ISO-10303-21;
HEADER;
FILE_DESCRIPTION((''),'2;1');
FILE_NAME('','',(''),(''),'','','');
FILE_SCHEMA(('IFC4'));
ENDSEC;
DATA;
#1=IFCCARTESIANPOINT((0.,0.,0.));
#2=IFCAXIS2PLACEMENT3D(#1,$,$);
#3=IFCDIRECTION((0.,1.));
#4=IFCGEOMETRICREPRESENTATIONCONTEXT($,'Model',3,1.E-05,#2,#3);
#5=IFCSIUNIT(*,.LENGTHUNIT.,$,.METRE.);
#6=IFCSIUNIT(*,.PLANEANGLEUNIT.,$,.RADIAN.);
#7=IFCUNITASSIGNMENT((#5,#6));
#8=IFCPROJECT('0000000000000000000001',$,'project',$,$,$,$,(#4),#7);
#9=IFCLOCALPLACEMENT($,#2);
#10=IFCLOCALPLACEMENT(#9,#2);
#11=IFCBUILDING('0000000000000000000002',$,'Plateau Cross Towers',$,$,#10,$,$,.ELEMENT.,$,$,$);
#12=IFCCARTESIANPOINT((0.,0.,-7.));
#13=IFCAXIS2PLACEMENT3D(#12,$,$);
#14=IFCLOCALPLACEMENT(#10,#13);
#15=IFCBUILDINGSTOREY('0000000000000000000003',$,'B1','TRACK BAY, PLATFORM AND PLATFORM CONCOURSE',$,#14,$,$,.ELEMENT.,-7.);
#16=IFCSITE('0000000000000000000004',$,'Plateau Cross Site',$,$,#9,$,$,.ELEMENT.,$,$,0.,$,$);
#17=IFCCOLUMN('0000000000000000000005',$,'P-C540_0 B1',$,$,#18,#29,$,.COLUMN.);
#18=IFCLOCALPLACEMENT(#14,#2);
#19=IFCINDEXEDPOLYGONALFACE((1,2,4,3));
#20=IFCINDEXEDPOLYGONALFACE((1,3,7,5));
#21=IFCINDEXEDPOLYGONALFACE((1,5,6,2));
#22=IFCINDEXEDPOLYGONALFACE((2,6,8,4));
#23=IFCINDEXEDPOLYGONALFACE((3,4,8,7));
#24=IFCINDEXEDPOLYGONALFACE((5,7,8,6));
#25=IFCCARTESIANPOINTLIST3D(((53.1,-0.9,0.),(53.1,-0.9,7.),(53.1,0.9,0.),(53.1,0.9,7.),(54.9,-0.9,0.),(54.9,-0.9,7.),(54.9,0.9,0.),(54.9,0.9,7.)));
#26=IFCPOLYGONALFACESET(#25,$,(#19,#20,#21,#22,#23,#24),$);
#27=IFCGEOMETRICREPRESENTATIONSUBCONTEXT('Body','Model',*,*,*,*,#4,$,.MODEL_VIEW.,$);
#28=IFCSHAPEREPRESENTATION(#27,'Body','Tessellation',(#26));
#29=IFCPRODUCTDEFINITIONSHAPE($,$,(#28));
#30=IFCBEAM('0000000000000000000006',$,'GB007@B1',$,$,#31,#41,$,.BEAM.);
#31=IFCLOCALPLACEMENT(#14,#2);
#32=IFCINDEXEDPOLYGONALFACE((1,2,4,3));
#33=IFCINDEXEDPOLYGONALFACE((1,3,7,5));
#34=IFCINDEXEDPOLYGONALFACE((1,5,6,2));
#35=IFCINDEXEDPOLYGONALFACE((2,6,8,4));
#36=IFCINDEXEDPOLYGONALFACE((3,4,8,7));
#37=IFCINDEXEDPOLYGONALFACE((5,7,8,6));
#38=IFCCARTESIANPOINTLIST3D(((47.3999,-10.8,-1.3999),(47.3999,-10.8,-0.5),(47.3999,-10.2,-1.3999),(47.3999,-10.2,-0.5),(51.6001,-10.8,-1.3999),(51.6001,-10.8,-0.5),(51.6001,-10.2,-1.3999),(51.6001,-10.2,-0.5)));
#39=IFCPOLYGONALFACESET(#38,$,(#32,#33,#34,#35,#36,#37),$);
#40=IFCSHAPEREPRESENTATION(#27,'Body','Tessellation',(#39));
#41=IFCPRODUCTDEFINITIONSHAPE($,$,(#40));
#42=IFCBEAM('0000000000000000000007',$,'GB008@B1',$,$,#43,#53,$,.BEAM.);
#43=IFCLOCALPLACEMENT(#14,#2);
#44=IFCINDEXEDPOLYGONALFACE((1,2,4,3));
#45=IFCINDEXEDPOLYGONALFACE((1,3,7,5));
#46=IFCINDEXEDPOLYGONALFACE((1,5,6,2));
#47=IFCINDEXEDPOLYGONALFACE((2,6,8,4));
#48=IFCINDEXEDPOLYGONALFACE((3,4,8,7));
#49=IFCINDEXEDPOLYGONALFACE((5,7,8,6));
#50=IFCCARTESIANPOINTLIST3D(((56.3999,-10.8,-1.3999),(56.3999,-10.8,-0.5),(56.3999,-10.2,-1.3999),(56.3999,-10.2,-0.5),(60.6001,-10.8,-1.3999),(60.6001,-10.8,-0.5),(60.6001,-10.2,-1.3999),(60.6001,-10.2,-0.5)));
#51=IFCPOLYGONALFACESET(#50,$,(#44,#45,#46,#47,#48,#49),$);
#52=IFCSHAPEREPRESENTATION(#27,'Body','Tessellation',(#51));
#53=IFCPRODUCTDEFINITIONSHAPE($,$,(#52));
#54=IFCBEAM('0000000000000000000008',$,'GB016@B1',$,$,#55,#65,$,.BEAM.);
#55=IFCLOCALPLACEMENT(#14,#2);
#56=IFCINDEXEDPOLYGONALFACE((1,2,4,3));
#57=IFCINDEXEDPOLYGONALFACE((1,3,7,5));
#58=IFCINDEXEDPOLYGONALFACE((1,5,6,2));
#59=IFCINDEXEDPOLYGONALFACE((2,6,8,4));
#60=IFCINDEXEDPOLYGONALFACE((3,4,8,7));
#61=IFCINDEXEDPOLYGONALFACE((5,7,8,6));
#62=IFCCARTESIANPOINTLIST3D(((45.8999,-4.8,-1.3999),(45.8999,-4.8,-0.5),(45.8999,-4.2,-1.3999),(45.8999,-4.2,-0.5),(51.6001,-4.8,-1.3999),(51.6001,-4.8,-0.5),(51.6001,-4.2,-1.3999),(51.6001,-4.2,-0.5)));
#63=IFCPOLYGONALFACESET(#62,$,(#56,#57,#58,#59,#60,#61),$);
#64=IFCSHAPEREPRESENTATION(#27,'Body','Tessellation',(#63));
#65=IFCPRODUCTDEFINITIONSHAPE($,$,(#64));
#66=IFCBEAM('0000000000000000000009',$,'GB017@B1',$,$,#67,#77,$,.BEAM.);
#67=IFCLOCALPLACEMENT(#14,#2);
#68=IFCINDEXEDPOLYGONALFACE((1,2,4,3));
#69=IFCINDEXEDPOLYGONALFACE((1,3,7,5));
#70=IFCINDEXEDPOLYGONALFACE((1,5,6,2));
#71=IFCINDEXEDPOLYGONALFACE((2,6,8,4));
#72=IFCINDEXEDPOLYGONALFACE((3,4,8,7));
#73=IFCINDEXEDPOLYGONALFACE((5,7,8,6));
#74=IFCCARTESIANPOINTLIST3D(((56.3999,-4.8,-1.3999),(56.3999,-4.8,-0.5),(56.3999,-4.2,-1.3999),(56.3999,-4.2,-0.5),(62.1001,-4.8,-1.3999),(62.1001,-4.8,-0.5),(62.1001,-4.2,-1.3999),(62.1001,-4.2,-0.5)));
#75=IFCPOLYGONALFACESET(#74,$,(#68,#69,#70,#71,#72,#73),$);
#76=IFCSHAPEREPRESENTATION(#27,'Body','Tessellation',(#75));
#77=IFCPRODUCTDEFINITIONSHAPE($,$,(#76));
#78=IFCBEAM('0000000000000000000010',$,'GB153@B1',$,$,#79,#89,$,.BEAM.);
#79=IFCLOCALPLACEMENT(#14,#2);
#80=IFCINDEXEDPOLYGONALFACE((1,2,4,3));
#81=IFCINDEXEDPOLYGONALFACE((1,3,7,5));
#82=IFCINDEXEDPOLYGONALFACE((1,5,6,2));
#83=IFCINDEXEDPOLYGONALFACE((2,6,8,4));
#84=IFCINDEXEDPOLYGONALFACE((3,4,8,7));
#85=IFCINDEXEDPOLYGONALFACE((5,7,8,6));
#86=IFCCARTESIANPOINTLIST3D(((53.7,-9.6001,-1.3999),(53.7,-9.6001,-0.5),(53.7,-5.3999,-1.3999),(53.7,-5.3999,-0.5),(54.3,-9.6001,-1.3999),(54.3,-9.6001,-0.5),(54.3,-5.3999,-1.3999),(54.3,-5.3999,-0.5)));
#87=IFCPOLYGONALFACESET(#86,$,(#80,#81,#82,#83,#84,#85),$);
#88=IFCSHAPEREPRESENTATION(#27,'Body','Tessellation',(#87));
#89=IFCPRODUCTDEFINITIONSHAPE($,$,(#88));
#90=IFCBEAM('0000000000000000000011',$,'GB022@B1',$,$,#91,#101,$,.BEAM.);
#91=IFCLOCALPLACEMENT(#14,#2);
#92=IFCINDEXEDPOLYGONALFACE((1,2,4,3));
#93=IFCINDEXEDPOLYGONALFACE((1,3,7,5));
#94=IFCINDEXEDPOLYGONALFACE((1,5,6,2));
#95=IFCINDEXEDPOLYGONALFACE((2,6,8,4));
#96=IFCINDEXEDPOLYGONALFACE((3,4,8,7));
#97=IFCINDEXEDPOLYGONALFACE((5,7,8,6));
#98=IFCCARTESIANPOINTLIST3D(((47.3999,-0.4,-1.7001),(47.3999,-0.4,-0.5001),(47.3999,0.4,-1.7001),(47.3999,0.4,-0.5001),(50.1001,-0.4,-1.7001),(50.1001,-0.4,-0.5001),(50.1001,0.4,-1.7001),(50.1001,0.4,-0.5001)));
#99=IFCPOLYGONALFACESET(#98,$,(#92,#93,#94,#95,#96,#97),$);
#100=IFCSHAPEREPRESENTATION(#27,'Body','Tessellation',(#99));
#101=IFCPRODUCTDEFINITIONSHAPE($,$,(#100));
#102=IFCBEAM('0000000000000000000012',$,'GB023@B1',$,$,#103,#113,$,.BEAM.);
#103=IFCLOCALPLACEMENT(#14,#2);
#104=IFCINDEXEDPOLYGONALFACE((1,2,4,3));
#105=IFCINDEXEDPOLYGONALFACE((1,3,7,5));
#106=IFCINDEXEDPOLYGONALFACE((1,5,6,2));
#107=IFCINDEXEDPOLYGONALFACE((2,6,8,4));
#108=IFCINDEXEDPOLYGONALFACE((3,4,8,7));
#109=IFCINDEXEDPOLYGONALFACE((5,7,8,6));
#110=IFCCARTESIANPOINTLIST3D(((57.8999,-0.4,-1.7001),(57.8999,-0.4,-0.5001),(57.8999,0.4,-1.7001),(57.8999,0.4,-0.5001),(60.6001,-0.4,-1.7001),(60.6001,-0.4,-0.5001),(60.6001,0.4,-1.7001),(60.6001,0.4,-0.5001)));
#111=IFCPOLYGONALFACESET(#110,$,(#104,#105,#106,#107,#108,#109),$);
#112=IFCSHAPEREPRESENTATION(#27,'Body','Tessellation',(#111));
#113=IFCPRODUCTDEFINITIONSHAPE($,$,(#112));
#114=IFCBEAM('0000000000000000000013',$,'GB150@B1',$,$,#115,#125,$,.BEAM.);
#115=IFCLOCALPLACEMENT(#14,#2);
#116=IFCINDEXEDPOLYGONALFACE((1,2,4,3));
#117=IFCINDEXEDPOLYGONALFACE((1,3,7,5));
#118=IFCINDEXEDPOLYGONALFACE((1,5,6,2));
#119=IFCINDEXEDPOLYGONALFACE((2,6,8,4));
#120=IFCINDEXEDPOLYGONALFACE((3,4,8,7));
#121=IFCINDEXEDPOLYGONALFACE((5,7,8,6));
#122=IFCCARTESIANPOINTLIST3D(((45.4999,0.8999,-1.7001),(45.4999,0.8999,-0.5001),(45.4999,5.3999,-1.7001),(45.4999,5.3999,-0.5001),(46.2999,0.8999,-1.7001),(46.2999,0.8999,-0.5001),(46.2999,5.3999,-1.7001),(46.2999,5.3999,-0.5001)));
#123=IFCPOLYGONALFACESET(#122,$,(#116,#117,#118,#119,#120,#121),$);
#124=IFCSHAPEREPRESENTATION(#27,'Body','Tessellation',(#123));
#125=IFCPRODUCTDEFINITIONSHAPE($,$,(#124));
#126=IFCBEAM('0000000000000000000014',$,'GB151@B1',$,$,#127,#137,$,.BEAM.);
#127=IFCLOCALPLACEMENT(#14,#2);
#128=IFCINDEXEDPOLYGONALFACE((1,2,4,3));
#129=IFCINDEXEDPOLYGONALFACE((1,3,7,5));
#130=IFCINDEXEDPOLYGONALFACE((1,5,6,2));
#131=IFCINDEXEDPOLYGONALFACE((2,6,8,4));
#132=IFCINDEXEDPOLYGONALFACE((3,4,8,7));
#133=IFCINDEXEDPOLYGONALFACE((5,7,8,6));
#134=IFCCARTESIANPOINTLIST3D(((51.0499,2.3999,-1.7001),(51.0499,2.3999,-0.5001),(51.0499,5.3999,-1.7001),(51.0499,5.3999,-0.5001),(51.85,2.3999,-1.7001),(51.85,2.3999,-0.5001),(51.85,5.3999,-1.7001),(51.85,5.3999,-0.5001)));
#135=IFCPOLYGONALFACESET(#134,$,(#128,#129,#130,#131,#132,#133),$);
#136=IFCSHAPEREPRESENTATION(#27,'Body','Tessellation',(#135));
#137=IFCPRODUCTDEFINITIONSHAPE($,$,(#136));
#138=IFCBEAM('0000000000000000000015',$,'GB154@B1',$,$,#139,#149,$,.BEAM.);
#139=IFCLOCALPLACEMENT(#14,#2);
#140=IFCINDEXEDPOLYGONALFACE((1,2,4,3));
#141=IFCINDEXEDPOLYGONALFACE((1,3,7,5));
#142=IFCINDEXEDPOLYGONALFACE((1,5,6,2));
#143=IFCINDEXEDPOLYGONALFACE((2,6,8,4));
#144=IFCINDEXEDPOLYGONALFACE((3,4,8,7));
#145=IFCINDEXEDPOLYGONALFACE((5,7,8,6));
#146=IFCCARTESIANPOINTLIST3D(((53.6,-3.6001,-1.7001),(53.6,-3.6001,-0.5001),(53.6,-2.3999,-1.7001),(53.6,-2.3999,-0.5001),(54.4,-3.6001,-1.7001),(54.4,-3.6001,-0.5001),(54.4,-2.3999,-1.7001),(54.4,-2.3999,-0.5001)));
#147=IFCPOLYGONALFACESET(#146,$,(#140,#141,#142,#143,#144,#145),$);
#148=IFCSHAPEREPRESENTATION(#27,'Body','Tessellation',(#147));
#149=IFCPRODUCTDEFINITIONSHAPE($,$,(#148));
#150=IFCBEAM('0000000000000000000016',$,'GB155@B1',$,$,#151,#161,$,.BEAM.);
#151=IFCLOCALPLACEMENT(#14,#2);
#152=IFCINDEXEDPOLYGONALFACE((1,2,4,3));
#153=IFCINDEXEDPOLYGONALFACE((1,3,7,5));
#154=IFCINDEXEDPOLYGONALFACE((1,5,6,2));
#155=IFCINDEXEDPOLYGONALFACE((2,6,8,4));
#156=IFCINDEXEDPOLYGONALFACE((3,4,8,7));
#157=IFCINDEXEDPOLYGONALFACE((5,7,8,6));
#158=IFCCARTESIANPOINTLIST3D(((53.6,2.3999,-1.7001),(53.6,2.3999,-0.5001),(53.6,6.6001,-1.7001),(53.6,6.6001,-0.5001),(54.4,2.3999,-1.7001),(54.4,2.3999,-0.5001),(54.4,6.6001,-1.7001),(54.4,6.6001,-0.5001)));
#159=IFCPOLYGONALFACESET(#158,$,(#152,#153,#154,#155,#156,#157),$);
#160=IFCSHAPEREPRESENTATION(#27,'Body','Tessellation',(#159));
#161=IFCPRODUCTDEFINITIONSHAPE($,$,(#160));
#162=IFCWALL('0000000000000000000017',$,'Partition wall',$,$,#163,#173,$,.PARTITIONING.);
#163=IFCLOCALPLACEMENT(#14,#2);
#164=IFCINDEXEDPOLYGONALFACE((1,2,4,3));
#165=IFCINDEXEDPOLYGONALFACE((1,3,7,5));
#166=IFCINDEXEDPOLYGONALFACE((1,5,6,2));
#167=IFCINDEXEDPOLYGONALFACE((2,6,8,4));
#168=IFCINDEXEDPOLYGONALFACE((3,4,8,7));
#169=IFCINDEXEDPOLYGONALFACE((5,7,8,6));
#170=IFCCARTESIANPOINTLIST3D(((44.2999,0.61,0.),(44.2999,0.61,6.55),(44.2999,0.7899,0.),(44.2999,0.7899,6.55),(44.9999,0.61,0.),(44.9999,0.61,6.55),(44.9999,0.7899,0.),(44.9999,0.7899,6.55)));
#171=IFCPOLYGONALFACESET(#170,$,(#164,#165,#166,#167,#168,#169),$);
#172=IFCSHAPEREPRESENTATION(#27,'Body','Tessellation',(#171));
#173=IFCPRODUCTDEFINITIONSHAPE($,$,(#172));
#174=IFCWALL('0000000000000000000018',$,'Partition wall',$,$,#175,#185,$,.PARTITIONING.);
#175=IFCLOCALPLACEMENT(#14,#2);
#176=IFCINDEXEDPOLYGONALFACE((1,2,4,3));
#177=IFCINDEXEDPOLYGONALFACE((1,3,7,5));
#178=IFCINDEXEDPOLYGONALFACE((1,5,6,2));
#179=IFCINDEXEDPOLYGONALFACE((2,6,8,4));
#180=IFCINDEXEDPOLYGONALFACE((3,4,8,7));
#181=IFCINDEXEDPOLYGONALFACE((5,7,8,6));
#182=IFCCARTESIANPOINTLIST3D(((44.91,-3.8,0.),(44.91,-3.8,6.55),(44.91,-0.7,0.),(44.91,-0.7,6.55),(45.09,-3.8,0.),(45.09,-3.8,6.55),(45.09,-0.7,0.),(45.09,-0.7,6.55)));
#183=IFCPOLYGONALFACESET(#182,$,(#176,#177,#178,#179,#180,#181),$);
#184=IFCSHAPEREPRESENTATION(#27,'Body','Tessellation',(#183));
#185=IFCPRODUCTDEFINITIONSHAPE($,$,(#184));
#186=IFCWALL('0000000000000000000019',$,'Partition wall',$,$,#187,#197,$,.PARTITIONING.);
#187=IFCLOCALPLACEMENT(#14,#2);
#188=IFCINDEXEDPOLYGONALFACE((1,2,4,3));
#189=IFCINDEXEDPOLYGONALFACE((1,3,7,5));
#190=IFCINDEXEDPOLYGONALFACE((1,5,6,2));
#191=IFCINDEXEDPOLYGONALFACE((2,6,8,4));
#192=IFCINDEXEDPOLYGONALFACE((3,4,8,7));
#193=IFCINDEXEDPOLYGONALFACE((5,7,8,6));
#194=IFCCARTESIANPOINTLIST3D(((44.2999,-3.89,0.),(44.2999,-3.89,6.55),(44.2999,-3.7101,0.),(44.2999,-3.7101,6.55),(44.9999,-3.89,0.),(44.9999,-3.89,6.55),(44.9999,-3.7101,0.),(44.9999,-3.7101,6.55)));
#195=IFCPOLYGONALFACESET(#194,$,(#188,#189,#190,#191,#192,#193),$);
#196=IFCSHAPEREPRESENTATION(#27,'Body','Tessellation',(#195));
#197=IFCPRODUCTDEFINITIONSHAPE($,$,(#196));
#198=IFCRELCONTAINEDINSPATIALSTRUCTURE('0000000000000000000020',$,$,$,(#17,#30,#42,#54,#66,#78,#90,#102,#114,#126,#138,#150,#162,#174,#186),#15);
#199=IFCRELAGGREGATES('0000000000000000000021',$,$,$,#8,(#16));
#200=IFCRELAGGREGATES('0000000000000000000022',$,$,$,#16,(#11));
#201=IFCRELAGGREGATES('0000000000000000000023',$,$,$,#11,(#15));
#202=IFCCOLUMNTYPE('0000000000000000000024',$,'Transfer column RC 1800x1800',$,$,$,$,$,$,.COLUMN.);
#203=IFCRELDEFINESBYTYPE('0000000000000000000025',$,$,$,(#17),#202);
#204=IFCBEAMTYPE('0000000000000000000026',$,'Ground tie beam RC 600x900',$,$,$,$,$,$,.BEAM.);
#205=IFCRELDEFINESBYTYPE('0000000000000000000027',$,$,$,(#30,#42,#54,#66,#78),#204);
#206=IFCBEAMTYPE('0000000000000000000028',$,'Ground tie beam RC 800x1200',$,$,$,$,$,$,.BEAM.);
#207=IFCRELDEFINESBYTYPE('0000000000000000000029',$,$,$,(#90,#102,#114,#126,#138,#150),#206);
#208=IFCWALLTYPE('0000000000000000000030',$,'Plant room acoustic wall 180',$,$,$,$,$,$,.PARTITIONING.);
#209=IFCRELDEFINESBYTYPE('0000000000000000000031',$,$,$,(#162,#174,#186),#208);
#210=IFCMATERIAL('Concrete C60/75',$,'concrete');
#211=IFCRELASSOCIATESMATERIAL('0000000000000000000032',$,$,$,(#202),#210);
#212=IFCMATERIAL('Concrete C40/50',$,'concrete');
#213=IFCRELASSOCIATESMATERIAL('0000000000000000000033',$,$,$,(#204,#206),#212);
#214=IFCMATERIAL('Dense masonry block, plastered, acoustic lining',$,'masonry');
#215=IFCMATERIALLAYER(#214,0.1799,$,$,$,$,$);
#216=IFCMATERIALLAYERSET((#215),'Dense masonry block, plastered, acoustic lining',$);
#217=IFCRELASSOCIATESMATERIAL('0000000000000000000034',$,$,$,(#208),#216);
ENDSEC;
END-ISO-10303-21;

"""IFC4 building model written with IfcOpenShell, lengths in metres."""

from ifc_helpers import new_model, si_unit, direction, frame, frame_2d, origin, origin_2d, place, context, subcontext, project, spatial, rectangle, extrude, material, layer, layer_set, material_profile, profile_set, type_object, element, save


model = new_model("IFC4")

# Units and contexts
model_context = context("Model", 3, precision=1e-05, world=origin(), true_north=direction((0.0, 1.0)))
body_context = subcontext(model_context, "Body", "Model", "MODEL_VIEW")
ifc_project = project(units=[si_unit("LENGTHUNIT", "METRE"), si_unit("PLANEANGLEUNIT", "RADIAN")], contexts=[model_context])

# Site, building, storey
site_placement = place(None, origin())
site = spatial("IfcSite", under=ifc_project, at=site_placement, Name="Plateau Cross Site", CompositionType="ELEMENT", RefElevation=0.0)
building_placement = place(site_placement, origin())
building = spatial("IfcBuilding", under=site, at=building_placement, Name="Plateau Cross Towers", CompositionType="ELEMENT")
storey_placement = place(building_placement, frame((0.0, 0.0, -7.0)))
storey = spatial("IfcBuildingStorey", under=building, at=storey_placement, Name="B1", Description="TRACK BAY, PLATFORM AND PLATFORM CONCOURSE", CompositionType="ELEMENT", Elevation=-7.0)

# Shared definitions
ifc_material_1 = material(Name="Concrete C40/50", Category="concrete")

# Column
ifc_material_2 = material(Name="Concrete C60/75", Category="concrete")
ifc_material_profile_1 = material_profile(ifc_material_2, rectangle(XDim=1.8, YDim=1.8, at=origin_2d()), Name="RC 1800x1800")
ifc_profile_set_1 = profile_set([ifc_material_profile_1], Name="Concrete C60/75")
column_type_1 = type_object("IfcColumnType", Name="Transfer column RC 1800x1800", PredefinedType="COLUMN", material=ifc_profile_set_1)
column_placement = place(storey_placement, frame((54.0, 0.0, 0.0), z_axis=(0.0, 0.0, 1.0), x_axis=(1.0, 0.0, 0.0)))
element("IfcColumn", 1, at=column_placement, inside=storey, type_object=column_type_1, Name="P-C540_0 B1", PredefinedType="COLUMN", context=body_context, shape_type="SweptSolid", body=[
    extrude(rectangle(XDim=1.8, YDim=1.8, at=origin_2d()), origin(), (0.0, 0.0, 1.0), 7.0),
])

# Beams
ifc_material_profile_2 = material_profile(ifc_material_1, rectangle(XDim=0.6001, YDim=0.8999, at=origin_2d()), Name="RC 600x900")
ifc_profile_set_2 = profile_set([ifc_material_profile_2], Name="Concrete C40/50")
beam_type_1 = type_object("IfcBeamType", Name="Ground tie beam RC 600x900", PredefinedType="BEAM", material=ifc_profile_set_2)
for number, where, z_axis, x_axis, name in (
    (2, (47.3999, -10.5, -0.95), (1.0, 0.0, 0.0), (0.0, 1.0, 0.0), "GB007@B1"),
    (3, (56.3999, -10.5, -0.95), (1.0, 0.0, 0.0), (0.0, 1.0, 0.0), "GB008@B1"),
):
    element("IfcBeam", number, at=place(storey_placement, frame(where, z_axis=z_axis, x_axis=x_axis)), inside=storey, type_object=beam_type_1, Name=name, PredefinedType="BEAM", context=body_context, shape_type="SweptSolid", body=[
        extrude(rectangle(XDim=0.6001, YDim=0.8999, at=origin_2d()), origin(), (0.0, 0.0, 1.0), 4.2002),
    ])
for number, where, z_axis, x_axis, name in (
    (4, (45.8999, -4.5, -0.95), (1.0, 0.0, 0.0), (0.0, 1.0, 0.0), "GB016@B1"),
    (5, (56.3999, -4.5, -0.95), (1.0, 0.0, 0.0), (0.0, 1.0, 0.0), "GB017@B1"),
):
    element("IfcBeam", number, at=place(storey_placement, frame(where, z_axis=z_axis, x_axis=x_axis)), inside=storey, type_object=beam_type_1, Name=name, PredefinedType="BEAM", context=body_context, shape_type="SweptSolid", body=[
        extrude(rectangle(XDim=0.6001, YDim=0.8999, at=origin_2d()), origin(), (0.0, 0.0, 1.0), 5.7002),
    ])
beam_1_placement = place(storey_placement, frame((54.0, -9.6001, -0.95), z_axis=(0.0, 1.0, 0.0), x_axis=(-1.0, 0.0, 0.0)))
element("IfcBeam", 6, at=beam_1_placement, inside=storey, type_object=beam_type_1, Name="GB153@B1", PredefinedType="BEAM", context=body_context, shape_type="SweptSolid", body=[
    extrude(rectangle(XDim=0.6001, YDim=0.8999, at=origin_2d()), origin(), (0.0, 0.0, 1.0), 4.2002),
])
ifc_material_profile_3 = material_profile(ifc_material_1, rectangle(XDim=0.8, YDim=1.2, at=origin_2d()), Name="RC 800x1200")
ifc_profile_set_3 = profile_set([ifc_material_profile_3], Name="Concrete C40/50")
beam_type_2 = type_object("IfcBeamType", Name="Ground tie beam RC 800x1200", PredefinedType="BEAM", material=ifc_profile_set_3)
for number, where, z_axis, x_axis, name in (
    (7, (47.3999, 0.0, -1.1001), (1.0, 0.0, 0.0), (0.0, 1.0, 0.0), "GB022@B1"),
    (8, (57.8999, 0.0, -1.1001), (1.0, 0.0, 0.0), (0.0, 1.0, 0.0), "GB023@B1"),
):
    element("IfcBeam", number, at=place(storey_placement, frame(where, z_axis=z_axis, x_axis=x_axis)), inside=storey, type_object=beam_type_2, Name=name, PredefinedType="BEAM", context=body_context, shape_type="SweptSolid", body=[
        extrude(rectangle(XDim=0.8, YDim=1.2, at=origin_2d()), origin(), (0.0, 0.0, 1.0), 2.7002),
    ])
beam_2_placement = place(storey_placement, frame((45.8999, 0.8999, -1.1001), z_axis=(0.0, 1.0, 0.0), x_axis=(-1.0, 0.0, 0.0)))
element("IfcBeam", 9, at=beam_2_placement, inside=storey, type_object=beam_type_2, Name="GB150@B1", PredefinedType="BEAM", context=body_context, shape_type="SweptSolid", body=[
    extrude(rectangle(XDim=0.8, YDim=1.2, at=origin_2d()), origin(), (0.0, 0.0, 1.0), 4.5),
])
beam_3_placement = place(storey_placement, frame((51.45, 2.3999, -1.1001), z_axis=(0.0, 1.0, 0.0), x_axis=(-1.0, 0.0, 0.0)))
element("IfcBeam", 10, at=beam_3_placement, inside=storey, type_object=beam_type_2, Name="GB151@B1", PredefinedType="BEAM", context=body_context, shape_type="SweptSolid", body=[
    extrude(rectangle(XDim=0.8, YDim=1.2, at=origin_2d()), origin(), (0.0, 0.0, 1.0), 3.0),
])
beam_4_placement = place(storey_placement, frame((54.0, -3.6001, -1.1001), z_axis=(0.0, 1.0, 0.0), x_axis=(-1.0, 0.0, 0.0)))
element("IfcBeam", 11, at=beam_4_placement, inside=storey, type_object=beam_type_2, Name="GB154@B1", PredefinedType="BEAM", context=body_context, shape_type="SweptSolid", body=[
    extrude(rectangle(XDim=0.8, YDim=1.2, at=origin_2d()), origin(), (0.0, 0.0, 1.0), 1.2002),
])
beam_5_placement = place(storey_placement, frame((54.0, 2.3999, -1.1001), z_axis=(0.0, 1.0, 0.0), x_axis=(-1.0, 0.0, 0.0)))
element("IfcBeam", 12, at=beam_5_placement, inside=storey, type_object=beam_type_2, Name="GB155@B1", PredefinedType="BEAM", context=body_context, shape_type="SweptSolid", body=[
    extrude(rectangle(XDim=0.8, YDim=1.2, at=origin_2d()), origin(), (0.0, 0.0, 1.0), 4.2002),
])

# Walls
ifc_material_3 = material(Name="Dense masonry block, plastered, acoustic lining", Category="masonry")
ifc_layer = layer(ifc_material_3, 0.1799)
ifc_layer_set = layer_set([ifc_layer], Name="Dense masonry block, plastered, acoustic lining")
wall_type = type_object("IfcWallType", Name="Plant room acoustic wall 180", PredefinedType="PARTITIONING", material=ifc_layer_set)
wall_1_placement = place(storey_placement, frame((45.0, 0.7, 0.0), z_axis=(0.0, 0.0, 1.0), x_axis=(-1.0, 0.0, 0.0)))
element("IfcWall", 13, at=wall_1_placement, inside=storey, type_object=wall_type, Name="Partition wall", PredefinedType="PARTITIONING", context=body_context, shape_type="SweptSolid", body=[
    extrude(rectangle(XDim=0.7, YDim=0.1799, at=frame_2d((0.3501, 0.0))), origin(), (0.0, 0.0, 1.0), 6.55),
])
wall_2_placement = place(storey_placement, frame((45.0, -0.7, 0.0), z_axis=(0.0, 0.0, 1.0), x_axis=(0.0, -1.0, 0.0)))
element("IfcWall", 14, at=wall_2_placement, inside=storey, type_object=wall_type, Name="Partition wall", PredefinedType="PARTITIONING", context=body_context, shape_type="SweptSolid", body=[
    extrude(rectangle(XDim=3.1001, YDim=0.1799, at=frame_2d((1.55, 0.0))), origin(), (0.0, 0.0, 1.0), 6.55),
])
wall_3_placement = place(storey_placement, frame((45.0, -3.8, 0.0), z_axis=(0.0, 0.0, 1.0), x_axis=(-1.0, 0.0, 0.0)))
element("IfcWall", 15, at=wall_3_placement, inside=storey, type_object=wall_type, Name="Partition wall", PredefinedType="PARTITIONING", context=body_context, shape_type="SweptSolid", body=[
    extrude(rectangle(XDim=0.7, YDim=0.1799, at=frame_2d((0.3501, 0.0))), origin(), (0.0, 0.0, 1.0), 6.55),
])

save(model, "model.ifc")
